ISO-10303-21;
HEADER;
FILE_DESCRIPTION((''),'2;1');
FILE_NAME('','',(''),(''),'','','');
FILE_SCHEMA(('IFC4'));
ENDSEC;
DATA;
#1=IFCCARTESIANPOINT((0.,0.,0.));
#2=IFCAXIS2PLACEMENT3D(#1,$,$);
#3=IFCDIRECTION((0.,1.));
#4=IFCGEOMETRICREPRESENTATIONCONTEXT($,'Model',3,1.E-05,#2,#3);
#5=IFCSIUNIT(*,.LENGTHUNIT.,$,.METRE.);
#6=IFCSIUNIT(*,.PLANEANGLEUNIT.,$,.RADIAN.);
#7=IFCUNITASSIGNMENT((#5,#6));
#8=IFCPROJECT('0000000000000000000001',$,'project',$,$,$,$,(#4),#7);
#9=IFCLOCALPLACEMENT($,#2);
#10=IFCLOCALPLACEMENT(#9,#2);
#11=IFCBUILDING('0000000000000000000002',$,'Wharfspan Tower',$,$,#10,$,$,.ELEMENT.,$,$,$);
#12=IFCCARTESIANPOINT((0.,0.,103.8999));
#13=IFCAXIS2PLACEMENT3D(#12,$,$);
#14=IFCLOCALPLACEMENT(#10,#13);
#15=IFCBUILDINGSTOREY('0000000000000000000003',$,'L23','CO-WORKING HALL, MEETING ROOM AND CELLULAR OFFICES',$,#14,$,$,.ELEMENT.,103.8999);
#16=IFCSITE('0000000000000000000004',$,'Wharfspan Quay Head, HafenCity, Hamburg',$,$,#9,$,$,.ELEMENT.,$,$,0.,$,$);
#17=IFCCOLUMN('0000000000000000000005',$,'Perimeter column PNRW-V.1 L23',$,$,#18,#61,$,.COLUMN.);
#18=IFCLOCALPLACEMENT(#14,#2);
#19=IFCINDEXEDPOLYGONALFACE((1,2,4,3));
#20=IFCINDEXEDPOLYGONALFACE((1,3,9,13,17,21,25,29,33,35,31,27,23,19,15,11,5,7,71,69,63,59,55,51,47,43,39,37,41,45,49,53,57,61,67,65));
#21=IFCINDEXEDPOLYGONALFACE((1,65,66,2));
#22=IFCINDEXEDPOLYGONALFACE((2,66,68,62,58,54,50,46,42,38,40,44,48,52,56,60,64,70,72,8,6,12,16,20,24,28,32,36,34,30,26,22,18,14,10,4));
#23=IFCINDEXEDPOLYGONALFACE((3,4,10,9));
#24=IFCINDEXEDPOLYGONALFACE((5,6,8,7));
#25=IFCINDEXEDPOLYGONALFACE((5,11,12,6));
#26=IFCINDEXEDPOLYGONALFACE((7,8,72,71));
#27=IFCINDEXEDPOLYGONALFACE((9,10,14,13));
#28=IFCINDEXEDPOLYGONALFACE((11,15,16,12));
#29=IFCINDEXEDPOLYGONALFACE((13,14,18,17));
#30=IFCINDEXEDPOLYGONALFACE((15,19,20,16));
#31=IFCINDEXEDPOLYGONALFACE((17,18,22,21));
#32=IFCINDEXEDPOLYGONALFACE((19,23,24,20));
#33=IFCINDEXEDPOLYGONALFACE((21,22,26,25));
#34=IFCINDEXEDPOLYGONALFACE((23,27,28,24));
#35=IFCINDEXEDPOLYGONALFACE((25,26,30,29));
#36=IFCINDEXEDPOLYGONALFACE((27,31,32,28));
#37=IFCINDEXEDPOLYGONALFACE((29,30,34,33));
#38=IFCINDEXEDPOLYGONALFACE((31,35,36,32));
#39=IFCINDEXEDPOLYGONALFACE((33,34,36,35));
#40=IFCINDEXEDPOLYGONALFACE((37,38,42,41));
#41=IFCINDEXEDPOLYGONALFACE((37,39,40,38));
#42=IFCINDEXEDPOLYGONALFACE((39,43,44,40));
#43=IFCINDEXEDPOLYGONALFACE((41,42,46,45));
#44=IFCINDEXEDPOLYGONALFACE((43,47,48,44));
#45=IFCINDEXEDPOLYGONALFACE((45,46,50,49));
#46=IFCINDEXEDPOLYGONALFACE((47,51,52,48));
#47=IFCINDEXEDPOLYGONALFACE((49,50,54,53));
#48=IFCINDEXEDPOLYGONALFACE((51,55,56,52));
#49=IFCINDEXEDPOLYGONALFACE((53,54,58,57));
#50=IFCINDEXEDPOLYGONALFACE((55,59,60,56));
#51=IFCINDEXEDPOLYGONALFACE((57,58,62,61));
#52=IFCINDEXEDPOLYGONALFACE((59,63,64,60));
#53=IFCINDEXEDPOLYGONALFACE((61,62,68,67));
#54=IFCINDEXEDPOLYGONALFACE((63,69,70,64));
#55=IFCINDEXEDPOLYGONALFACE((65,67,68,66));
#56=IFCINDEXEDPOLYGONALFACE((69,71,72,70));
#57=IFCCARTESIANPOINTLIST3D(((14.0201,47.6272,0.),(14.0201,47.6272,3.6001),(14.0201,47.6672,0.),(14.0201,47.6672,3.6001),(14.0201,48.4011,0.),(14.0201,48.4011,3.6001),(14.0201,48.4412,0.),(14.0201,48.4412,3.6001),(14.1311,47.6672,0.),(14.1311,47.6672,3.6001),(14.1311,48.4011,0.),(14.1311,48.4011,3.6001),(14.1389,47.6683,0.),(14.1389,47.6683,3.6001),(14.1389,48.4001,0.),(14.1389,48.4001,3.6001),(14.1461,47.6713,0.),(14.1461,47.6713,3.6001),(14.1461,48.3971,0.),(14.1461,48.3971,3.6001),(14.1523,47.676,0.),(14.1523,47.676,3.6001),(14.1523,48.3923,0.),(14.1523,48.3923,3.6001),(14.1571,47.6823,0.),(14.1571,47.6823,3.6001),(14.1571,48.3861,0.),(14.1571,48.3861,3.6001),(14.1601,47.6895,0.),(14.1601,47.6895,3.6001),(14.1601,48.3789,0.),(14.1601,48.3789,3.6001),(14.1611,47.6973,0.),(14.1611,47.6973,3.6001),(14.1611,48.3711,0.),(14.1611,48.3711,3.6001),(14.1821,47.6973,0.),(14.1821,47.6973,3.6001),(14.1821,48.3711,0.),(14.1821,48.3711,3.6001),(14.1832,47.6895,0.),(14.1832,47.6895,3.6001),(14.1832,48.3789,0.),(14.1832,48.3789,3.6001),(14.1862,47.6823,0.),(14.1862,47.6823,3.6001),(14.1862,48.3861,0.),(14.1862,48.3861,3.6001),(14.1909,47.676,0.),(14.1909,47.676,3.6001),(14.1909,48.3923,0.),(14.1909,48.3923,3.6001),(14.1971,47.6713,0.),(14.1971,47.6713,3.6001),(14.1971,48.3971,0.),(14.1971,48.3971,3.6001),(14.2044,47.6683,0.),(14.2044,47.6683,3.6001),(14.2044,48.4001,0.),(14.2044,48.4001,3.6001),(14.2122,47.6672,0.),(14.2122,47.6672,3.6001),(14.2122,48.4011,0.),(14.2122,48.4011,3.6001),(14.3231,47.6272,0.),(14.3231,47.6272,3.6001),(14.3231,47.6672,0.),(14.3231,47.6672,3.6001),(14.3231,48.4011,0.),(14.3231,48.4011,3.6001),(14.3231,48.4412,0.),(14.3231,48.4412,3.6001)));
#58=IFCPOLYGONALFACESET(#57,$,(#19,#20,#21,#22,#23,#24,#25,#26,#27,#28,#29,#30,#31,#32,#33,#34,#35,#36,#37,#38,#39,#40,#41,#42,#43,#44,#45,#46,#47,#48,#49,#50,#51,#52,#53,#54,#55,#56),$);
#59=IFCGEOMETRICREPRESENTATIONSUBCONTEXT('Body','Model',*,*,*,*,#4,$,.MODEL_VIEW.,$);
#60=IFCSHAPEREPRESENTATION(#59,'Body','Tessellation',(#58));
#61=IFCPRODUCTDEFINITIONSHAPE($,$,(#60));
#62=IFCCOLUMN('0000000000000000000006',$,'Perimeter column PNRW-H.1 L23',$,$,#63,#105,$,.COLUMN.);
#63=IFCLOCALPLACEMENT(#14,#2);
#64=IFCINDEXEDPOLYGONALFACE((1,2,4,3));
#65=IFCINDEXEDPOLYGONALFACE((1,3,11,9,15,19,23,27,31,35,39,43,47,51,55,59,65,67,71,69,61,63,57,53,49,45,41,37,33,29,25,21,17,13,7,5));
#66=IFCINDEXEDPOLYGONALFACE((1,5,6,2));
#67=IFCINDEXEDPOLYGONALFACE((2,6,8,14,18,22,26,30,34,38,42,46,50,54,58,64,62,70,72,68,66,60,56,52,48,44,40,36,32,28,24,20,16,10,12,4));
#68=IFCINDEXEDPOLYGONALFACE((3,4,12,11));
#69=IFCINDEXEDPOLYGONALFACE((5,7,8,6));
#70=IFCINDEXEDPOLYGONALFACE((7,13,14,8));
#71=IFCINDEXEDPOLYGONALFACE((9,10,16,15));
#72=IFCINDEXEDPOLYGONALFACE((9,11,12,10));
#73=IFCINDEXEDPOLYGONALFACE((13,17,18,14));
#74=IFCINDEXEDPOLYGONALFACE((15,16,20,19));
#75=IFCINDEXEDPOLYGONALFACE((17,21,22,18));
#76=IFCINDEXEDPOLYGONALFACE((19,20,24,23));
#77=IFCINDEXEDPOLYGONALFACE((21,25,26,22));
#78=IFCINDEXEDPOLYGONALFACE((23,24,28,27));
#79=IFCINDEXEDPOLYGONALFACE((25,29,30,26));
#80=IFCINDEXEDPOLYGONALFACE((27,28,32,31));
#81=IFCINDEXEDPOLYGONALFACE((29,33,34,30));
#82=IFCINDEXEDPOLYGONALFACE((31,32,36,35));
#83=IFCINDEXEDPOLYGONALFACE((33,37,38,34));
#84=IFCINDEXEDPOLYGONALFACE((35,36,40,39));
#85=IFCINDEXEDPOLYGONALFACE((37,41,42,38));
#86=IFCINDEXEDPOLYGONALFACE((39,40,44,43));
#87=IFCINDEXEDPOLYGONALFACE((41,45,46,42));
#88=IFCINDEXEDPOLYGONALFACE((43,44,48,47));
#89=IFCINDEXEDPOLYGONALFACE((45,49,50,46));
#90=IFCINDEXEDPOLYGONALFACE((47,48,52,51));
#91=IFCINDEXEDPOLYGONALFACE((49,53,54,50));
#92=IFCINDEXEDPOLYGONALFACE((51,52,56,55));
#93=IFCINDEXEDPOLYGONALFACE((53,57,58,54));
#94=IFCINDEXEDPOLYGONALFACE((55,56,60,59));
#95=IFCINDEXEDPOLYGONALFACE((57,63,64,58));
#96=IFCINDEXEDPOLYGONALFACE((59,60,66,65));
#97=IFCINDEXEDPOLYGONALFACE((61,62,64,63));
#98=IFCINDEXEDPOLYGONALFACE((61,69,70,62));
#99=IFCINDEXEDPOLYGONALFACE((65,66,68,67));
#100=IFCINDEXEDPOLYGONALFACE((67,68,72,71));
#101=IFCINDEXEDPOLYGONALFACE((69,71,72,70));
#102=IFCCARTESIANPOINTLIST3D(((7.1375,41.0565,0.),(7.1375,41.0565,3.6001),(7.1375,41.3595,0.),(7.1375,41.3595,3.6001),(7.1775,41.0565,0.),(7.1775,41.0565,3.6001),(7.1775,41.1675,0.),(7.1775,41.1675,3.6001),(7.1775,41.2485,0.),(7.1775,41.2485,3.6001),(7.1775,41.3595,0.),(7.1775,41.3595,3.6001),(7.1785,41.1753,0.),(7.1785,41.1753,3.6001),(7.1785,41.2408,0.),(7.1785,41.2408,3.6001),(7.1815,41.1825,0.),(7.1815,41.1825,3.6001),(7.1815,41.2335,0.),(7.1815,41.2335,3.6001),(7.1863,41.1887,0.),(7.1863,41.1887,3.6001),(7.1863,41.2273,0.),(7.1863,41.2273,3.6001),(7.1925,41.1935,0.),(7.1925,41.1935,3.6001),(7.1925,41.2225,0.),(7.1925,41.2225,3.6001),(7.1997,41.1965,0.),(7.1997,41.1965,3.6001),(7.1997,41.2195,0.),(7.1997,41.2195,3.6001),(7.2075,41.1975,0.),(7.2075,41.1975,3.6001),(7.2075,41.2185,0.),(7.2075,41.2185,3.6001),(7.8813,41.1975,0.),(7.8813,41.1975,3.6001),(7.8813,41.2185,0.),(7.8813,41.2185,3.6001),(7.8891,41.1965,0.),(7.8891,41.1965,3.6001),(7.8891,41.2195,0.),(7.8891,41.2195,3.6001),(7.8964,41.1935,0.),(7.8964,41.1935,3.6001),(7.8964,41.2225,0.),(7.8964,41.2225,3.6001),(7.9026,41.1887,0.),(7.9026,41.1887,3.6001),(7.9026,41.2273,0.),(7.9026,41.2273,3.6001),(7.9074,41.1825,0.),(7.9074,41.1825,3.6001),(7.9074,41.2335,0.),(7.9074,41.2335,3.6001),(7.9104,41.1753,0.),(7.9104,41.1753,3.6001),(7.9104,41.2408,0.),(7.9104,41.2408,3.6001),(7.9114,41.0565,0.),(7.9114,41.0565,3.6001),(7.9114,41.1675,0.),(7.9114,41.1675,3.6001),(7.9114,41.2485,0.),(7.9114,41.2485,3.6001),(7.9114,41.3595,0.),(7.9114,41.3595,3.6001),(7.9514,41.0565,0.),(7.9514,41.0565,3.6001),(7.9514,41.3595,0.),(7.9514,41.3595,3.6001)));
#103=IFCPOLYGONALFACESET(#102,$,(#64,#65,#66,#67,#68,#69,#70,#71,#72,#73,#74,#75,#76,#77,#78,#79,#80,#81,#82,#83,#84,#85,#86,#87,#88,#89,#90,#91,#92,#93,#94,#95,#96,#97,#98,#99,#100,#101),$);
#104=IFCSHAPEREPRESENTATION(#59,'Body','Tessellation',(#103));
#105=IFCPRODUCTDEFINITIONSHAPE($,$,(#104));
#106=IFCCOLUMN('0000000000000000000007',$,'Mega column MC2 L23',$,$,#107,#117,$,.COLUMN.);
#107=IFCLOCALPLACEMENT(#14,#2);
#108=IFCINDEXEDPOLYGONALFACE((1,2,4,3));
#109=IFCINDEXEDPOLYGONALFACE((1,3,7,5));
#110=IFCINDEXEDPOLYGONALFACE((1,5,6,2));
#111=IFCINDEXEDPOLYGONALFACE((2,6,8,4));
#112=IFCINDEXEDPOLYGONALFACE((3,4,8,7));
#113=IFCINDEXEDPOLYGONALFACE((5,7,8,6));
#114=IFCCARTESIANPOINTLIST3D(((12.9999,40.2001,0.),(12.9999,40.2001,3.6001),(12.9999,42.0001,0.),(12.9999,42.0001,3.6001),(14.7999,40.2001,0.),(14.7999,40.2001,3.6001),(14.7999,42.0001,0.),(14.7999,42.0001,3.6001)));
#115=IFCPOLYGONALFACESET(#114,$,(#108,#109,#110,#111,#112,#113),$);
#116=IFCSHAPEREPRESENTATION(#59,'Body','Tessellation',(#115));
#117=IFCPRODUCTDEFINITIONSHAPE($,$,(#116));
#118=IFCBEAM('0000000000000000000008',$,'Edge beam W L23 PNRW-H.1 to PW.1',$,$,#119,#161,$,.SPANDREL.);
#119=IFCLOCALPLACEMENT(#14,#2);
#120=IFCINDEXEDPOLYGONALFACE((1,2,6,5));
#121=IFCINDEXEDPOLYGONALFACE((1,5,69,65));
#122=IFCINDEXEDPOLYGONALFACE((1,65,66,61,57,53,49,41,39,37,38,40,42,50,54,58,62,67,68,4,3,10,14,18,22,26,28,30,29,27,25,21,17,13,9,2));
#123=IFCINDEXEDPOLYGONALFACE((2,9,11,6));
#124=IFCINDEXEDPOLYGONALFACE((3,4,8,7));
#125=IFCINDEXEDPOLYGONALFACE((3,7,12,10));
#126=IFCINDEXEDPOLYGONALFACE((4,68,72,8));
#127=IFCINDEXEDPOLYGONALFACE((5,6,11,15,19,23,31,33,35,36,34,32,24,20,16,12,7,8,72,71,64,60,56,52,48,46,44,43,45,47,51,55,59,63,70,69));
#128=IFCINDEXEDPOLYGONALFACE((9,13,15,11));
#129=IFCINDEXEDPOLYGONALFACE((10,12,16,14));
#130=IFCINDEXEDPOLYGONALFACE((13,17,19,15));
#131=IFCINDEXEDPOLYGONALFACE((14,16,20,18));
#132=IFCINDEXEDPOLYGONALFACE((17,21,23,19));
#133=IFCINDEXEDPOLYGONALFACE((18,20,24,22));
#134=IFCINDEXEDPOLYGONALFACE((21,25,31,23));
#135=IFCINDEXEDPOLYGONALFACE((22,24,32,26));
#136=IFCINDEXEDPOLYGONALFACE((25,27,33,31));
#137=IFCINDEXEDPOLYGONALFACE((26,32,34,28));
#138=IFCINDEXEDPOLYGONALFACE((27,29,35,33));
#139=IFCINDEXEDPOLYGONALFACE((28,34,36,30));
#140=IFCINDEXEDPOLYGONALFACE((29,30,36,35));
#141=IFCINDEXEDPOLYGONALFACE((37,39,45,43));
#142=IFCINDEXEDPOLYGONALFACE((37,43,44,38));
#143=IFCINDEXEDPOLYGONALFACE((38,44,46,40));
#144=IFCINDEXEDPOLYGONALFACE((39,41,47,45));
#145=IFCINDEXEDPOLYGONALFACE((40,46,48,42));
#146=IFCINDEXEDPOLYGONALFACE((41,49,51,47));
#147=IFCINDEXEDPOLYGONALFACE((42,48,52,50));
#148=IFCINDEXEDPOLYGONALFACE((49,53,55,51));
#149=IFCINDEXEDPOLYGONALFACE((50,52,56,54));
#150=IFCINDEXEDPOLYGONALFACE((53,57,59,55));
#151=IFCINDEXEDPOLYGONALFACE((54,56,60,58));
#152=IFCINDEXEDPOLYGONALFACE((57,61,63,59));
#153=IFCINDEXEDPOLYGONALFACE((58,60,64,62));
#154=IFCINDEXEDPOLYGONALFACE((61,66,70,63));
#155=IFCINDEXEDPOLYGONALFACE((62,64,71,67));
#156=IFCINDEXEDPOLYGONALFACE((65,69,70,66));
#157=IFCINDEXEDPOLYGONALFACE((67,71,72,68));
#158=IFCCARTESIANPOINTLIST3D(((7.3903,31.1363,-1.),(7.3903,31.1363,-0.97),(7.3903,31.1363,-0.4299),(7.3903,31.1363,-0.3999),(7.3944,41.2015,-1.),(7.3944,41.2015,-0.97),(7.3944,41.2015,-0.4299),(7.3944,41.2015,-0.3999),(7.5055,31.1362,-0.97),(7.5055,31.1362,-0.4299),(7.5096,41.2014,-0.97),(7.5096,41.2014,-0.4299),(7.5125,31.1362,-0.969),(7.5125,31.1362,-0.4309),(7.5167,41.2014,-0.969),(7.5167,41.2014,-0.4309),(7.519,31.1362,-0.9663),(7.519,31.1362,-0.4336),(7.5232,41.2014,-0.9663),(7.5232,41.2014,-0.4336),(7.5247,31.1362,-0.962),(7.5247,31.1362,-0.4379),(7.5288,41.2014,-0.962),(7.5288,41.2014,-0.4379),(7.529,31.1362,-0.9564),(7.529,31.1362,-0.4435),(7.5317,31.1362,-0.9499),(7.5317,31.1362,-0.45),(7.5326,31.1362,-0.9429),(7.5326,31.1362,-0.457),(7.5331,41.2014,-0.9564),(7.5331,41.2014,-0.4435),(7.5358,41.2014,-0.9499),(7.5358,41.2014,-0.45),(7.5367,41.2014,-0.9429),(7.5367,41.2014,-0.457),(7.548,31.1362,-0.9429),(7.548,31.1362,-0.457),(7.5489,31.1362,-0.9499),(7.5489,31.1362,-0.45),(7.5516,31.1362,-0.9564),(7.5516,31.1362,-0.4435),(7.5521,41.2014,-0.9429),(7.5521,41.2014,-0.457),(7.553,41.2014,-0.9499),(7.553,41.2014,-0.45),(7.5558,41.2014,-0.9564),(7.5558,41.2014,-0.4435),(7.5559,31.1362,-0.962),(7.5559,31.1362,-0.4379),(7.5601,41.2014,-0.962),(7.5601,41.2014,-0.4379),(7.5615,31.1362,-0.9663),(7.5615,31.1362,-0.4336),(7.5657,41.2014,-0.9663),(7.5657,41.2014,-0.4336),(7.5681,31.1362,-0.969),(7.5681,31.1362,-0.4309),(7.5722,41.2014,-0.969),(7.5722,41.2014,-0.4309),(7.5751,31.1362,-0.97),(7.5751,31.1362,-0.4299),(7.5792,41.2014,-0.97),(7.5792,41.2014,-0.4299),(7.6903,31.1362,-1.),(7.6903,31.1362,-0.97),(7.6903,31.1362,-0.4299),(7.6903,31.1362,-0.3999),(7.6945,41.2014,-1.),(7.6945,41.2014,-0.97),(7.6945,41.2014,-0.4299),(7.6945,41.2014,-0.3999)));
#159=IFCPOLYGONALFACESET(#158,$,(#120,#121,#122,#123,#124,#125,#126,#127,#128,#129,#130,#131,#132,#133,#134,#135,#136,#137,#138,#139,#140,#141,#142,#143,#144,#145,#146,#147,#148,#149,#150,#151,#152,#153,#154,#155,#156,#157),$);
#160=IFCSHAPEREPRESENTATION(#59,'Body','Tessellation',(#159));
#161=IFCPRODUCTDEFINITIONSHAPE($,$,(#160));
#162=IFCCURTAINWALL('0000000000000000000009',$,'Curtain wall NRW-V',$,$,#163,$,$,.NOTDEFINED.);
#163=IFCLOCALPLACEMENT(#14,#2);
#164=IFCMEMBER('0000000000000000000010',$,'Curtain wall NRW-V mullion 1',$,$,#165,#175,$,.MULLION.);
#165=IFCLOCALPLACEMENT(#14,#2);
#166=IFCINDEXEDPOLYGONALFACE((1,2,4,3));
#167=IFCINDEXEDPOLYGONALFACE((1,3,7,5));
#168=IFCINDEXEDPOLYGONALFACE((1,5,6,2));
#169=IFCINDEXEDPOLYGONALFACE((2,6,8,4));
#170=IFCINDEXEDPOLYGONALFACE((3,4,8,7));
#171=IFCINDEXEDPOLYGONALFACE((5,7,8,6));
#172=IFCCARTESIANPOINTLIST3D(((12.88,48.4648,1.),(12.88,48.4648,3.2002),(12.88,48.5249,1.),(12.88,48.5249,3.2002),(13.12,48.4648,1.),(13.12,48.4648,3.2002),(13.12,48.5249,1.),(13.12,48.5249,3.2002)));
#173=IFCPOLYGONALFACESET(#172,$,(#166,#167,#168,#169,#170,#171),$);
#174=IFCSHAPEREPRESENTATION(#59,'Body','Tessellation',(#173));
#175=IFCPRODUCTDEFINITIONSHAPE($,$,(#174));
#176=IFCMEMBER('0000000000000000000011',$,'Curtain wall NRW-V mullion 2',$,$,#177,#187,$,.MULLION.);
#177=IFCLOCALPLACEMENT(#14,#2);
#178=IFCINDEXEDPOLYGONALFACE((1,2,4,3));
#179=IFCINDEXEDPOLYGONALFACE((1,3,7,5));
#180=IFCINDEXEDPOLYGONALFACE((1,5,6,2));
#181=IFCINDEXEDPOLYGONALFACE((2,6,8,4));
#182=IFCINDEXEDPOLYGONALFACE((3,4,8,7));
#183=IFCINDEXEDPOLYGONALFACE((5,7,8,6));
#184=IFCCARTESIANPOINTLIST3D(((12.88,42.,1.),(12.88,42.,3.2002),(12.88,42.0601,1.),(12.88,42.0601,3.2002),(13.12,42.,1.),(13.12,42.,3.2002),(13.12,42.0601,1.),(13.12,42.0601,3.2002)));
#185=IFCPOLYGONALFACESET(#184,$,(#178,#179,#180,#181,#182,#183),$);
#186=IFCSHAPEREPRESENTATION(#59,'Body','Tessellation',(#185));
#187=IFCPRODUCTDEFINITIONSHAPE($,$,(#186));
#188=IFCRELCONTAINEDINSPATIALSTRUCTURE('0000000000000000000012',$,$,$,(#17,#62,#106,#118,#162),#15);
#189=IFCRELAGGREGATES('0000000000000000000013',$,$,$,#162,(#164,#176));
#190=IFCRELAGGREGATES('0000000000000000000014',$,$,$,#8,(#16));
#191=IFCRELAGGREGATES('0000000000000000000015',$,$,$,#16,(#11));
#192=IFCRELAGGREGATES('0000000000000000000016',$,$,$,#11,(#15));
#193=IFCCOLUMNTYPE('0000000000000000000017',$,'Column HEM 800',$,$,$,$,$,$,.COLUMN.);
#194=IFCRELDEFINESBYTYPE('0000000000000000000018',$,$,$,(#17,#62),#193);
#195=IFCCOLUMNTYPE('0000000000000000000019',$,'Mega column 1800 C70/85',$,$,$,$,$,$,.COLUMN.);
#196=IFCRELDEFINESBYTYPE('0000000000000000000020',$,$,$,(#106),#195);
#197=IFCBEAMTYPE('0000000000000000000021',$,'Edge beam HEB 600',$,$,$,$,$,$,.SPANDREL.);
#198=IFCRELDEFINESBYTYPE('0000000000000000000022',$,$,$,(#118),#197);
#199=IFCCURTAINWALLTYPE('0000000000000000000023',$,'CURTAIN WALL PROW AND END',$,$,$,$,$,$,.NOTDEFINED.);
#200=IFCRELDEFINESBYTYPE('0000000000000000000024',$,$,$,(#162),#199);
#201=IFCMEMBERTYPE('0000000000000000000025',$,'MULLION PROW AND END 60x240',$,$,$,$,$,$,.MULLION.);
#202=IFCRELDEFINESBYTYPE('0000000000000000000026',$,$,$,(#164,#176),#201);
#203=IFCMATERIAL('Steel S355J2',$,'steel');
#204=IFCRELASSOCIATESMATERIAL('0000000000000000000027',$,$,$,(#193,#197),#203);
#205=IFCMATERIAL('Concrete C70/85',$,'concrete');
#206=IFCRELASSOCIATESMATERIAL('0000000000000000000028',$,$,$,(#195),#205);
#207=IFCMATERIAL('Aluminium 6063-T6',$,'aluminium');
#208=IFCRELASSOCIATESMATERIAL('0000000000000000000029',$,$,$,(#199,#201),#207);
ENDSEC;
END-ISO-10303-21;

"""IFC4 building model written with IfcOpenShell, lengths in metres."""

from ifc_helpers import new_model, si_unit, direction, frame, origin, origin_2d, place, context, subcontext, project, spatial, rectangle, i_section, extrude, material, material_profile, profile_set, type_object, element, aggregate, save


model = new_model("IFC4")

# Units and contexts
model_context = context("Model", 3, precision=1e-05, world=origin(), true_north=direction((0.0, 1.0)))
body_context = subcontext(model_context, "Body", "Model", "MODEL_VIEW")
ifc_project = project(units=[si_unit("LENGTHUNIT", "METRE"), si_unit("PLANEANGLEUNIT", "RADIAN")], contexts=[model_context])

# Site, building, storey
site_placement = place(None, origin())
site = spatial("IfcSite", under=ifc_project, at=site_placement, Name="Wharfspan Quay Head, HafenCity, Hamburg", CompositionType="ELEMENT", RefElevation=0.0)
building_placement = place(site_placement, origin())
building = spatial("IfcBuilding", under=site, at=building_placement, Name="Wharfspan Tower", CompositionType="ELEMENT")
storey_placement = place(building_placement, frame((0.0, 0.0, 103.8999)))
storey = spatial("IfcBuildingStorey", under=building, at=storey_placement, Name="L23", Description="CO-WORKING HALL, MEETING ROOM AND CELLULAR OFFICES", CompositionType="ELEMENT", Elevation=103.8999)

# Columns
ifc_material_1 = material(Name="Steel S355J2", Category="steel")
ifc_material_profile_1 = material_profile(ifc_material_1, i_section(OverallWidth=0.303, OverallDepth=0.814, WebThickness=0.021, FlangeThickness=0.04, FilletRadius=0.03, at=origin_2d()))
ifc_profile_set_1 = profile_set([ifc_material_profile_1], Name="Steel S355J2")
column_type_1 = type_object("IfcColumnType", Name="Column HEM 800", PredefinedType="COLUMN", material=ifc_profile_set_1)
for number, where, z_axis, x_axis, name in (
    (1, (14.1716, 48.0342, 0.0), (0.0, 0.0, 1.0), (-1.0, 0.0, 0.0), "Perimeter column PNRW-V.1 L23"),
    (2, (7.5444, 41.208, 0.0), (0.0, 0.0, 1.0), (0.0, 1.0, 0.0), "Perimeter column PNRW-H.1 L23"),
):
    element("IfcColumn", number, at=place(storey_placement, frame(where, z_axis=z_axis, x_axis=x_axis)), inside=storey, type_object=column_type_1, Name=name, PredefinedType="COLUMN", context=body_context, shape_type="SweptSolid", body=[
        extrude(i_section(OverallWidth=0.303, OverallDepth=0.814, WebThickness=0.021, FlangeThickness=0.04, FilletRadius=0.03, at=origin_2d()), origin(), (0.0, 0.0, 1.0), 3.6001),
    ])
ifc_material_2 = material(Name="Concrete C70/85", Category="concrete")
ifc_material_profile_2 = material_profile(ifc_material_2, rectangle(XDim=1.8, YDim=1.8, at=origin_2d()))
ifc_profile_set_2 = profile_set([ifc_material_profile_2], Name="Concrete C70/85")
column_type_2 = type_object("IfcColumnType", Name="Mega column 1800 C70/85", PredefinedType="COLUMN", material=ifc_profile_set_2)
column_placement = place(storey_placement, frame((13.8999, 41.1001, 0.0), z_axis=(0.0, 0.0, 1.0), x_axis=(1.0, 0.0, 0.0)))
element("IfcColumn", 3, at=column_placement, inside=storey, type_object=column_type_2, Name="Mega column MC2 L23", PredefinedType="COLUMN", context=body_context, shape_type="SweptSolid", body=[
    extrude(rectangle(XDim=1.8, YDim=1.8, at=origin_2d()), origin(), (0.0, 0.0, 1.0), 3.6001),
])

# Beam
ifc_material_profile_3 = material_profile(ifc_material_1, i_section(OverallWidth=0.3, OverallDepth=0.6001, WebThickness=0.0154, FlangeThickness=0.03, FilletRadius=0.0271, at=origin_2d()))
ifc_profile_set_3 = profile_set([ifc_material_profile_3], Name="Steel S355J2")
beam_type = type_object("IfcBeamType", Name="Edge beam HEB 600", PredefinedType="SPANDREL", material=ifc_profile_set_3)
beam_placement = place(storey_placement, frame((7.5444, 41.2014, -0.7), z_axis=(-0.000412, -1.0, 0.0), x_axis=(1.0, -0.000412, 0.0)))
element("IfcBeam", 4, at=beam_placement, inside=storey, type_object=beam_type, Name="Edge beam W L23 PNRW-H.1 to PW.1", PredefinedType="SPANDREL", context=body_context, shape_type="SweptSolid", body=[
    extrude(i_section(OverallWidth=0.3, OverallDepth=0.6001, WebThickness=0.0154, FlangeThickness=0.03, FilletRadius=0.0271, at=origin_2d()), origin(), (0.0, 0.0, 1.0), 10.0652),
])

# Curtain wall, members
ifc_material_3 = material(Name="Aluminium 6063-T6", Category="aluminium")
curtain_wall_type = type_object("IfcCurtainWallType", Name="CURTAIN WALL PROW AND END", PredefinedType="NOTDEFINED", material=ifc_material_3)
curtain_wall_1_placement = place(storey_placement, origin())
curtain_wall_1 = element("IfcCurtainWall", 5, at=curtain_wall_1_placement, inside=storey, type_object=curtain_wall_type, Name="Curtain wall NRW-V", PredefinedType="NOTDEFINED")
ifc_material_profile_4 = material_profile(ifc_material_3, rectangle(XDim=0.24, YDim=0.0601, at=origin_2d()))
ifc_profile_set_4 = profile_set([ifc_material_profile_4], Name="Aluminium 6063-T6")
member_type_1 = type_object("IfcMemberType", Name="MULLION PROW AND END 60x240", PredefinedType="MULLION", material=ifc_profile_set_4)
member_1_placement = place(storey_placement, frame((13.0, 48.4949, 1.0), z_axis=(0.0, 0.0, 1.0), x_axis=(1.0, 0.0, 0.0)))
member_1 = element("IfcMember", 6, at=member_1_placement, type_object=member_type_1, Name="Curtain wall NRW-V mullion 1", PredefinedType="MULLION", context=body_context, shape_type="SweptSolid", body=[
    extrude(rectangle(XDim=0.24, YDim=0.0601, at=origin_2d()), origin(), (0.0, 0.0, 1.0), 2.2002),
])
member_2_placement = place(storey_placement, frame((13.0, 42.03, 1.0), z_axis=(0.0, 0.0, 1.0), x_axis=(1.0, 0.0, 0.0)))
member_2 = element("IfcMember", 7, at=member_2_placement, type_object=member_type_1, Name="Curtain wall NRW-V mullion 2", PredefinedType="MULLION", context=body_context, shape_type="SweptSolid", body=[
    extrude(rectangle(XDim=0.24, YDim=0.0601, at=origin_2d()), origin(), (0.0, 0.0, 1.0), 2.2002),
])

aggregate(curtain_wall_1, [member_1, member_2])

save(model, "model.ifc")
